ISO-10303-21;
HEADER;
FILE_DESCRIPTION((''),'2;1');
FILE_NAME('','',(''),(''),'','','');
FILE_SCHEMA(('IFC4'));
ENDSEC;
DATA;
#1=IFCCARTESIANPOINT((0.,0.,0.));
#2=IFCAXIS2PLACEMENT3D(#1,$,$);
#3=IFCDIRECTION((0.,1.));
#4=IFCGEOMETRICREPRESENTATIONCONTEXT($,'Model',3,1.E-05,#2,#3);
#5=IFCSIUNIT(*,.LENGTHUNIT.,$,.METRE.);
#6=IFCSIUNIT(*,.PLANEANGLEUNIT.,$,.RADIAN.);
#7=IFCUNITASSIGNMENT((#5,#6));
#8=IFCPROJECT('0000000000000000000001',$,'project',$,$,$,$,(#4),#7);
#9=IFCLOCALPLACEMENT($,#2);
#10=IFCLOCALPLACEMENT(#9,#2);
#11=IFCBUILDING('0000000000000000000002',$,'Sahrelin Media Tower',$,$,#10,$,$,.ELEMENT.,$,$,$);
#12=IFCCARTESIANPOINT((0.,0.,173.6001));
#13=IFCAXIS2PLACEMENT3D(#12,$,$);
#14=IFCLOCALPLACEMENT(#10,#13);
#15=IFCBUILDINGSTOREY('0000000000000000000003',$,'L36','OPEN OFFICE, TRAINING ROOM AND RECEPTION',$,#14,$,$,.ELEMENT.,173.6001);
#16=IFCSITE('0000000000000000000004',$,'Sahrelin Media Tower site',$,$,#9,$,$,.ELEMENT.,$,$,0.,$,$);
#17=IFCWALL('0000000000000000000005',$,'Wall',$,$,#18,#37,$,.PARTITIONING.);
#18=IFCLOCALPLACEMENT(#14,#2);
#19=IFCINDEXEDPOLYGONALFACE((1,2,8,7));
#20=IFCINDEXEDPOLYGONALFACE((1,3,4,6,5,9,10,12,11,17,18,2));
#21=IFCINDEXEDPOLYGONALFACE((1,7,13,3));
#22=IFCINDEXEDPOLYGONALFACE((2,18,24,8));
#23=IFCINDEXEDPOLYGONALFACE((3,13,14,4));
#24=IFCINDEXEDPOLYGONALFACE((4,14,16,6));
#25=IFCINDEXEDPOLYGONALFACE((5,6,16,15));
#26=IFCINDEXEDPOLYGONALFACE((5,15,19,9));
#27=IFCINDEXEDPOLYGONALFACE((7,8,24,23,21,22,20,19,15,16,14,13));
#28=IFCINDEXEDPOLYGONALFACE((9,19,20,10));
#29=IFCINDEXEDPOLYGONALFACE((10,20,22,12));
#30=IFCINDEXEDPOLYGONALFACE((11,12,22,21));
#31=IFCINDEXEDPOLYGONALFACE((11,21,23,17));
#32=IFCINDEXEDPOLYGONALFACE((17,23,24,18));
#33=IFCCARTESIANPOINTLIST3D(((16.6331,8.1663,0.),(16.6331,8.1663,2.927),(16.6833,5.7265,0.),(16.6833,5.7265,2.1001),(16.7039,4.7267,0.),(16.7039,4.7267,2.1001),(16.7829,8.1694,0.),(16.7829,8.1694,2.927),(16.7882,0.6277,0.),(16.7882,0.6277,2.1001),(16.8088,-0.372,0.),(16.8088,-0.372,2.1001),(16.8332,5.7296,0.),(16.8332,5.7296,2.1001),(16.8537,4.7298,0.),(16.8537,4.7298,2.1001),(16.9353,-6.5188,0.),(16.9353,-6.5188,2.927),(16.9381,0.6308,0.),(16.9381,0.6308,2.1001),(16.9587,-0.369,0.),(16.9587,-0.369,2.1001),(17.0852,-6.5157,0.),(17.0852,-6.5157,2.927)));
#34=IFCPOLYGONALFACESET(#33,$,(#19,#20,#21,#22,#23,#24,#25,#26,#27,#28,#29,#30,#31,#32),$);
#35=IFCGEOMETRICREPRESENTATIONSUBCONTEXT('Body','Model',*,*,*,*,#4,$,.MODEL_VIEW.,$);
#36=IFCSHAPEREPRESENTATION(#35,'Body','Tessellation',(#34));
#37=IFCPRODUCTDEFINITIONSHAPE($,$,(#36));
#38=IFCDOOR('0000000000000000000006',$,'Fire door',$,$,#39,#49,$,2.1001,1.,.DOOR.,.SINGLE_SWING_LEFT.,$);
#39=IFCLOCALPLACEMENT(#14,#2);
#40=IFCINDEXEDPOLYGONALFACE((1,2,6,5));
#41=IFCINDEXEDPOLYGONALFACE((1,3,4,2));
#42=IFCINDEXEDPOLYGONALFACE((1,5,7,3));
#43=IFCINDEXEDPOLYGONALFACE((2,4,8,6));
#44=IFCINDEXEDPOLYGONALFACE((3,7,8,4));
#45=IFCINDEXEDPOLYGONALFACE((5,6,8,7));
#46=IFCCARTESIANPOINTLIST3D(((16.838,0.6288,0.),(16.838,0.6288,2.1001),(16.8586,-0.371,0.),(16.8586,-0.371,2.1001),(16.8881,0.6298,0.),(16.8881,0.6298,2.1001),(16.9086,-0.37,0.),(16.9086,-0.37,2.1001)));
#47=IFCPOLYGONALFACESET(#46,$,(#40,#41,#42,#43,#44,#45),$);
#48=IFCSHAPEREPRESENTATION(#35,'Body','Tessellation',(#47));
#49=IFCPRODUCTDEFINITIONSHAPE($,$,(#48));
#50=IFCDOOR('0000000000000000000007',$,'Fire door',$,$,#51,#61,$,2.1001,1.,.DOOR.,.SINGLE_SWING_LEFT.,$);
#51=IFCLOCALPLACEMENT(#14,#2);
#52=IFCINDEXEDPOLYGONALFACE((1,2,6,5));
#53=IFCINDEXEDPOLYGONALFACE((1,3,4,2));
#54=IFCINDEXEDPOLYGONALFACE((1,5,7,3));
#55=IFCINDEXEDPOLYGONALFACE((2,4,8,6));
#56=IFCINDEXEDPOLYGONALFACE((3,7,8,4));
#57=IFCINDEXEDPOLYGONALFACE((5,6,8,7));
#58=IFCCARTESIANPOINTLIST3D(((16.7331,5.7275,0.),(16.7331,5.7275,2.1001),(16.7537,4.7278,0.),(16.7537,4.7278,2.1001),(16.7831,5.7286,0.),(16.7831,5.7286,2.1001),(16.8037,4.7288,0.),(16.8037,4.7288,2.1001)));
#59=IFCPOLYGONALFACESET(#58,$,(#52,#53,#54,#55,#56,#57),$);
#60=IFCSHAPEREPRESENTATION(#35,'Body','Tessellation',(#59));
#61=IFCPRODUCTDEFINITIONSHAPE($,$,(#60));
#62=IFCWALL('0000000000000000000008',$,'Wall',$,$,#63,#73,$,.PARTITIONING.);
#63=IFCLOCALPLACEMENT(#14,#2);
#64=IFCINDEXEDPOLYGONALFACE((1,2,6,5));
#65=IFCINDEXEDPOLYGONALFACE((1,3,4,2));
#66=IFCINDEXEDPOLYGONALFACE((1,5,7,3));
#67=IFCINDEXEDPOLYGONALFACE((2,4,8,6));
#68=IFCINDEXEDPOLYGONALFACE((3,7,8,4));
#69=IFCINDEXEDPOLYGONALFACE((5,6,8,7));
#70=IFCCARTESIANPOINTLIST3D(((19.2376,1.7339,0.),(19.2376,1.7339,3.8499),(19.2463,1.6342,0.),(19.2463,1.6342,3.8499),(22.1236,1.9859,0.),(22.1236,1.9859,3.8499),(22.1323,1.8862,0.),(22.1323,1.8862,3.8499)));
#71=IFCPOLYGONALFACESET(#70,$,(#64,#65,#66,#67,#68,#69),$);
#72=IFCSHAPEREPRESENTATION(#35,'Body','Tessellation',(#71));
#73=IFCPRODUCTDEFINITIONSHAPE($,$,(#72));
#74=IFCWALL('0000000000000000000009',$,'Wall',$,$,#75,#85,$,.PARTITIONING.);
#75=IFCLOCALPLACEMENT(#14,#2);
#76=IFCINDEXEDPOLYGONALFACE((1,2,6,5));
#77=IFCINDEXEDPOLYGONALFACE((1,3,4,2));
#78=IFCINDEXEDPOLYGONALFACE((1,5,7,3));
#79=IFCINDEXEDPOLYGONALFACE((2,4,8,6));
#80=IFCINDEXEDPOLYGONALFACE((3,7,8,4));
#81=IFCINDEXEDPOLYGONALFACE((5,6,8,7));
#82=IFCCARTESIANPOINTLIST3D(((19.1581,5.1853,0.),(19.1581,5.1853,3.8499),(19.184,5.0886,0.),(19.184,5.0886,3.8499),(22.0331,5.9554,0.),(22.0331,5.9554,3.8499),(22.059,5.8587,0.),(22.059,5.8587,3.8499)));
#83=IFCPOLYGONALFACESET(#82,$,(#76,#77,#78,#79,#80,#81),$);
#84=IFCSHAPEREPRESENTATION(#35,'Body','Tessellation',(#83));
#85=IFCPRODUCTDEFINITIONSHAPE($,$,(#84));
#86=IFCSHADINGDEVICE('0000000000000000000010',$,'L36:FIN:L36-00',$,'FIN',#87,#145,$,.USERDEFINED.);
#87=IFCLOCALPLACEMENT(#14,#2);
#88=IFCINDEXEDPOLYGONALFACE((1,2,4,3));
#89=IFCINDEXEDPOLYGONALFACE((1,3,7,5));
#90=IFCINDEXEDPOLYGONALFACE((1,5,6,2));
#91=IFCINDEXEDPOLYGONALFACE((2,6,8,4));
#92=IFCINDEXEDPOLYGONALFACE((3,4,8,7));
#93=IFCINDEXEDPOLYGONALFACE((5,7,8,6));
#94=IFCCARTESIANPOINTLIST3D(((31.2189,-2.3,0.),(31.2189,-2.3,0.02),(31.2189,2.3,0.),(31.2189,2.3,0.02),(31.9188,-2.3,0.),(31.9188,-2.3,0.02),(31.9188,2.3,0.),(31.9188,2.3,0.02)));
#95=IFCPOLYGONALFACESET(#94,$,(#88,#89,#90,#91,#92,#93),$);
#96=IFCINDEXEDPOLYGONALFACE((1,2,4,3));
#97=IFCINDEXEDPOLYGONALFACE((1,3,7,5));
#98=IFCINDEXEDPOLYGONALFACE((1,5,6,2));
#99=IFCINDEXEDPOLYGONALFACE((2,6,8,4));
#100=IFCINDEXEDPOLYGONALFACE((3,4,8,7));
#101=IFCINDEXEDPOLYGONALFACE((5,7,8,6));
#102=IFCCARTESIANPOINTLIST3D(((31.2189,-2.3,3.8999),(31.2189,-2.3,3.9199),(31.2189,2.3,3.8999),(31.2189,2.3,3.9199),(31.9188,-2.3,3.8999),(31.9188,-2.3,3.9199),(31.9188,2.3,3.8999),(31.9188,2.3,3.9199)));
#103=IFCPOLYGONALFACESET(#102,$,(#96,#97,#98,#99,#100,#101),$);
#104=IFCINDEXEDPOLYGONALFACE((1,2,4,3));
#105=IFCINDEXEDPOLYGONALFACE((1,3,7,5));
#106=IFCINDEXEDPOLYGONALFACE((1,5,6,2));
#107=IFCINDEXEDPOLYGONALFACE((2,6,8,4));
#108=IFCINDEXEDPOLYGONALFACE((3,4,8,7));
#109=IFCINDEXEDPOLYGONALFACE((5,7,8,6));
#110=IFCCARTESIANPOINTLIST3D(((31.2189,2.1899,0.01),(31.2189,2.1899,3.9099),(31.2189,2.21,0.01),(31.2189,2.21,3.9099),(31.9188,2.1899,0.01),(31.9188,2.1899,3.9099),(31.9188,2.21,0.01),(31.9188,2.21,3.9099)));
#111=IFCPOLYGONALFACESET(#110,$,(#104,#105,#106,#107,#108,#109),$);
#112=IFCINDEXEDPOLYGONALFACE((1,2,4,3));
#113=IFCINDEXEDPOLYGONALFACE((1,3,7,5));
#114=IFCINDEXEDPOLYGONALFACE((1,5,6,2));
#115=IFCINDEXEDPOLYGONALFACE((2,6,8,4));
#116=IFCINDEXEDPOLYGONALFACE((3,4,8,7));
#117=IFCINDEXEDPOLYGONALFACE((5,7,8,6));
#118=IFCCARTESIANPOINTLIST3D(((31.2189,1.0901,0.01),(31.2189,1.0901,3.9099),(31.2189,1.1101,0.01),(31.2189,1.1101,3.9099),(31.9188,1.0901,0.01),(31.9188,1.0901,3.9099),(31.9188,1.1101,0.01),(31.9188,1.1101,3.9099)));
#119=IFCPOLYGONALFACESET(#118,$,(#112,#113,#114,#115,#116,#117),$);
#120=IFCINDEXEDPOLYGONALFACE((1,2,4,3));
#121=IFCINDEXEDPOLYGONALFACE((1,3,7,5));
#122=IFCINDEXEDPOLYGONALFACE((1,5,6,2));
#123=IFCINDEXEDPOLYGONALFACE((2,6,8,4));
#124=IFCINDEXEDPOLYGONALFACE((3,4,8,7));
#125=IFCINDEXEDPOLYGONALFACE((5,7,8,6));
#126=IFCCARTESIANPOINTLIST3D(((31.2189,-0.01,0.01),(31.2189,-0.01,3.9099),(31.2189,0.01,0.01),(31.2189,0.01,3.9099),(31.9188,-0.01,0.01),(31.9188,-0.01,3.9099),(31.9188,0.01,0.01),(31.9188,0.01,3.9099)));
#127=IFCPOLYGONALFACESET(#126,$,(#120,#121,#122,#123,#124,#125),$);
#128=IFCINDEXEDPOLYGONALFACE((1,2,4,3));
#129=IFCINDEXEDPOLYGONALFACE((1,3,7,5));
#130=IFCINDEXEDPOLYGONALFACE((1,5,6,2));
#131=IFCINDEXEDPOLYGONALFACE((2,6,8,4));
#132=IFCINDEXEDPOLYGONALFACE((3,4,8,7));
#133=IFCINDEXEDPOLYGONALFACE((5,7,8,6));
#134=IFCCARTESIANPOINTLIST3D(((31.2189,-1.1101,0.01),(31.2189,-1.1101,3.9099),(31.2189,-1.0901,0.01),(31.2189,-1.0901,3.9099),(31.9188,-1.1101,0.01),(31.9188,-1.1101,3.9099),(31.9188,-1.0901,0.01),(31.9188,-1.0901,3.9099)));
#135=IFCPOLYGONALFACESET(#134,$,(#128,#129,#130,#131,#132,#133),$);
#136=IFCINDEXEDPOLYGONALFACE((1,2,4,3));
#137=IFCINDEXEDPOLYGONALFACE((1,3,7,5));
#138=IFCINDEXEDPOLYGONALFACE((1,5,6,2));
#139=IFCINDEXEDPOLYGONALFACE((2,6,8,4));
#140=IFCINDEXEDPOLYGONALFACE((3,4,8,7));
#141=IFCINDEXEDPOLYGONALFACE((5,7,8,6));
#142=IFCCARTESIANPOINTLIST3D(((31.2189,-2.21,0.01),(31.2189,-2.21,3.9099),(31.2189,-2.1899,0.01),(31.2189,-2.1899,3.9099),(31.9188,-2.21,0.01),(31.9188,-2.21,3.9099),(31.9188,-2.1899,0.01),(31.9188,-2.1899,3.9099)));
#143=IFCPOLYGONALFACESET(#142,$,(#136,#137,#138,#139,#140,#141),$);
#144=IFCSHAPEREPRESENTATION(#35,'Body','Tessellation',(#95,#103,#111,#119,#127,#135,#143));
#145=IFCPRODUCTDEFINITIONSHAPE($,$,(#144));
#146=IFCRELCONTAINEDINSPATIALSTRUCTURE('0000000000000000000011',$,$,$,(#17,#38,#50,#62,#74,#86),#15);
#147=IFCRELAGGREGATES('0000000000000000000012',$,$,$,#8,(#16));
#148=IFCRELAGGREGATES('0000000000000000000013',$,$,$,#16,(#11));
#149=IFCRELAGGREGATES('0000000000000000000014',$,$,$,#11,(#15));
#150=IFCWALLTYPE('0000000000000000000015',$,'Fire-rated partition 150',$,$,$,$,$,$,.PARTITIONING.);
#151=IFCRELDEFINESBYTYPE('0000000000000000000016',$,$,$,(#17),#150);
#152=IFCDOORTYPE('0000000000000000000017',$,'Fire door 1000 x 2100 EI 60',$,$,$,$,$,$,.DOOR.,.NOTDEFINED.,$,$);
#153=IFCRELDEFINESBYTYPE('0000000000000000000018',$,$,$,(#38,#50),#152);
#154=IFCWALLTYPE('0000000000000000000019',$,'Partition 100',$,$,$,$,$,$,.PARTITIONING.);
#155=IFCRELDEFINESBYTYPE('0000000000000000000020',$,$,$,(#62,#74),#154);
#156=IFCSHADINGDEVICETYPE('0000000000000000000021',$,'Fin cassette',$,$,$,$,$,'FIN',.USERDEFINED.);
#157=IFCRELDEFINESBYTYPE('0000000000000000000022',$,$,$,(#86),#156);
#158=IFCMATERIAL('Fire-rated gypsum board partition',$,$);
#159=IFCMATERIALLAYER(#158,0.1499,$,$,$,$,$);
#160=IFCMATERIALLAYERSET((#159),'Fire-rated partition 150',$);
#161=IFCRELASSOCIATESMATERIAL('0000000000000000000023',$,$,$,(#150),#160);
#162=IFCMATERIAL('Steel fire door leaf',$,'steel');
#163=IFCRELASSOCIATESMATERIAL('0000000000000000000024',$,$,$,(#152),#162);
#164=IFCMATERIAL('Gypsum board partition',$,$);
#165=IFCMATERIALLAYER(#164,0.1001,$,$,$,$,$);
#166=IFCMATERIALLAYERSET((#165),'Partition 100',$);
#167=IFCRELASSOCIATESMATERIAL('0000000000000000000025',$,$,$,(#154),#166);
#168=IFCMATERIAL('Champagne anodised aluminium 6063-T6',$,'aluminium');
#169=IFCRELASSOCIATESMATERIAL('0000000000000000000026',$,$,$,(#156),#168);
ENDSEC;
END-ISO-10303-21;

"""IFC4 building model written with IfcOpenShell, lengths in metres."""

from ifc_helpers import new_model, si_unit, direction, frame, frame_2d, origin, origin_2d, place, context, subcontext, project, spatial, rectangle, extrude, material, layer, layer_set, type_object, element, fill, save


model = new_model("IFC4")

# Units and contexts
model_context = context("Model", 3, precision=1e-05, world=origin(), true_north=direction((0.0, 1.0)))
body_context = subcontext(model_context, "Body", "Model", "MODEL_VIEW")
ifc_project = project(units=[si_unit("LENGTHUNIT", "METRE"), si_unit("PLANEANGLEUNIT", "RADIAN")], contexts=[model_context])

# Site, building, storey
site_placement = place(None, origin())
site = spatial("IfcSite", under=ifc_project, at=site_placement, Name="Sahrelin Media Tower site", CompositionType="ELEMENT", RefElevation=0.0)
building_placement = place(site_placement, origin())
building = spatial("IfcBuilding", under=site, at=building_placement, Name="Sahrelin Media Tower", CompositionType="ELEMENT")
storey_placement = place(building_placement, frame((0.0, 0.0, 173.6001)))
storey = spatial("IfcBuildingStorey", under=building, at=storey_placement, Name="L36", Description="OPEN OFFICE, TRAINING ROOM AND RECEPTION", CompositionType="ELEMENT", Elevation=173.6001)

# Shared definitions
ifc_material_1 = material(Name="Champagne anodised aluminium 6063-T6", Category="aluminium")

# Wall, openings, doors
ifc_material_2 = material(Name="Fire-rated gypsum board partition")
ifc_layer_1 = layer(ifc_material_2, 0.1499)
ifc_layer_set_1 = layer_set([ifc_layer_1], Name="Fire-rated partition 150")
wall_type_1 = type_object("IfcWallType", Name="Fire-rated partition 150", PredefinedType="PARTITIONING", material=ifc_layer_set_1)
wall_1_placement = place(storey_placement, frame((16.708, 8.168, 0.0), z_axis=(0.0, 0.0, 1.0), x_axis=(0.020578, -0.999788, 0.0)))
wall_1 = element("IfcWall", 1, at=wall_1_placement, inside=storey, type_object=wall_type_1, Name="Wall", PredefinedType="PARTITIONING", context=body_context, shape_type="SweptSolid", body=[
    extrude(rectangle(XDim=14.6882, YDim=0.1499, at=frame_2d((7.3442, 0.0))), origin(), (0.0, 0.0, 1.0), 2.927),
])
opening_1_placement = place(wall_1_placement, frame((7.5403, 0.0, 0.0)))
opening_1 = element("IfcOpeningElement", 2, at=opening_1_placement, cuts=wall_1, PredefinedType="OPENING", context=body_context, shape_type="SweptSolid", body=[
    extrude(rectangle(XDim=1.0, YDim=2.1001, at=frame_2d((0.5, 1.05))), frame((0.0, 0.075, 0.0), z_axis=(0.0, -1.0, 0.0), x_axis=(1.0, 0.0, 0.0)), (0.0, 0.0, 1.0), 0.1499),
])
opening_2_placement = place(wall_1_placement, frame((2.4404, 0.0, 0.0)))
opening_2 = element("IfcOpeningElement", 3, at=opening_2_placement, cuts=wall_1, PredefinedType="OPENING", context=body_context, shape_type="SweptSolid", body=[
    extrude(rectangle(XDim=1.0, YDim=2.1001, at=frame_2d((0.5, 1.05))), frame((0.0, 0.075, 0.0), z_axis=(0.0, -1.0, 0.0), x_axis=(1.0, 0.0, 0.0)), (0.0, 0.0, 1.0), 0.1499),
])
ifc_material_3 = material(Name="Steel fire door leaf", Category="steel")
door_type = type_object("IfcDoorType", Name="Fire door 1000 x 2100 EI 60", OperationType="NOTDEFINED", PredefinedType="DOOR", material=ifc_material_3)
door_1_placement = place(opening_1_placement, origin())
door_1 = element("IfcDoor", 4, at=door_1_placement, inside=storey, type_object=door_type, Name="Fire door", OperationType="SINGLE_SWING_LEFT", OverallHeight=2.1001, OverallWidth=1.0, PredefinedType="DOOR", context=body_context, shape_type="SweptSolid", body=[
    extrude(rectangle(XDim=1.0, YDim=2.1001, at=frame_2d((0.5, 1.05))), frame((0.0, 0.0249, 0.0), z_axis=(0.0, -1.0, 0.0), x_axis=(1.0, 0.0, 0.0)), (0.0, 0.0, 1.0), 0.05),
])
fill(opening_1, door_1)
door_2_placement = place(opening_2_placement, origin())
door_2 = element("IfcDoor", 5, at=door_2_placement, inside=storey, type_object=door_type, Name="Fire door", OperationType="SINGLE_SWING_LEFT", OverallHeight=2.1001, OverallWidth=1.0, PredefinedType="DOOR", context=body_context, shape_type="SweptSolid", body=[
    extrude(rectangle(XDim=1.0, YDim=2.1001, at=frame_2d((0.5, 1.05))), frame((0.0, 0.0249, 0.0), z_axis=(0.0, -1.0, 0.0), x_axis=(1.0, 0.0, 0.0)), (0.0, 0.0, 1.0), 0.05),
])
fill(opening_2, door_2)

# Walls
ifc_material_4 = material(Name="Gypsum board partition")
ifc_layer_2 = layer(ifc_material_4, 0.1001)
ifc_layer_set_2 = layer_set([ifc_layer_2], Name="Partition 100")
wall_type_2 = type_object("IfcWallType", Name="Partition 100", PredefinedType="PARTITIONING", material=ifc_layer_set_2)
wall_2_placement = place(storey_placement, frame((19.2419, 1.6841, 0.0), z_axis=(0.0, 0.0, 1.0), x_axis=(0.996211, 0.086971, 0.0)))
element("IfcWall", 6, at=wall_2_placement, inside=storey, type_object=wall_type_2, Name="Wall", PredefinedType="PARTITIONING", context=body_context, shape_type="SweptSolid", body=[
    extrude(rectangle(XDim=2.897, YDim=0.1001, at=frame_2d((1.4485, 0.0))), origin(), (0.0, 0.0, 1.0), 3.8499),
])
wall_3_placement = place(storey_placement, frame((19.1709, 5.137, 0.0), z_axis=(0.0, 0.0, 1.0), x_axis=(0.965954, 0.258714, 0.0)))
element("IfcWall", 7, at=wall_3_placement, inside=storey, type_object=wall_type_2, Name="Wall", PredefinedType="PARTITIONING", context=body_context, shape_type="SweptSolid", body=[
    extrude(rectangle(XDim=2.9763, YDim=0.1001, at=frame_2d((1.4883, 0.0))), origin(), (0.0, 0.0, 1.0), 3.8499),
])

# Shading device
shading_device_type_1 = type_object("IfcShadingDeviceType", Name="Fin cassette", ElementType="FIN", PredefinedType="USERDEFINED", material=ifc_material_1)
placement_1 = place(storey_placement, frame((31.1489, 0.0, 0.0), z_axis=(0.0, 0.0, 1.0), x_axis=(0.0, -1.0, 0.0)))
element("IfcShadingDevice", 8, at=placement_1, inside=storey, type_object=shading_device_type_1, Name="L36:FIN:L36-00", ObjectType="FIN", PredefinedType="USERDEFINED", context=body_context, shape_type="SweptSolid", body=[
    extrude(rectangle(XDim=4.6001, YDim=0.7, at=origin_2d()), frame((0.0, 0.4199, 0.0)), (0.0, 0.0, 1.0), 0.02),
    extrude(rectangle(XDim=4.6001, YDim=0.7, at=origin_2d()), frame((0.0, 0.4199, 3.8999)), (0.0, 0.0, 1.0), 0.02),
    extrude(rectangle(XDim=0.02, YDim=0.7, at=origin_2d()), frame((-2.2, 0.4199, 0.01), z_axis=(0.0, 0.0, 1.0), x_axis=(1.0, 0.0, 0.0)), (0.0, 0.0, 1.0), 3.8999),
    extrude(rectangle(XDim=0.02, YDim=0.7, at=origin_2d()), frame((-1.1001, 0.4199, 0.01), z_axis=(0.0, 0.0, 1.0), x_axis=(1.0, 0.0, 0.0)), (0.0, 0.0, 1.0), 3.8999),
    extrude(rectangle(XDim=0.02, YDim=0.7, at=origin_2d()), frame((0.0, 0.4199, 0.01), z_axis=(0.0, 0.0, 1.0), x_axis=(1.0, 0.0, 0.0)), (0.0, 0.0, 1.0), 3.8999),
    extrude(rectangle(XDim=0.02, YDim=0.7, at=origin_2d()), frame((1.1001, 0.4199, 0.01), z_axis=(0.0, 0.0, 1.0), x_axis=(1.0, 0.0, 0.0)), (0.0, 0.0, 1.0), 3.8999),
    extrude(rectangle(XDim=0.02, YDim=0.7, at=origin_2d()), frame((2.2, 0.4199, 0.01), z_axis=(0.0, 0.0, 1.0), x_axis=(1.0, 0.0, 0.0)), (0.0, 0.0, 1.0), 3.8999),
])

save(model, "model.ifc")
